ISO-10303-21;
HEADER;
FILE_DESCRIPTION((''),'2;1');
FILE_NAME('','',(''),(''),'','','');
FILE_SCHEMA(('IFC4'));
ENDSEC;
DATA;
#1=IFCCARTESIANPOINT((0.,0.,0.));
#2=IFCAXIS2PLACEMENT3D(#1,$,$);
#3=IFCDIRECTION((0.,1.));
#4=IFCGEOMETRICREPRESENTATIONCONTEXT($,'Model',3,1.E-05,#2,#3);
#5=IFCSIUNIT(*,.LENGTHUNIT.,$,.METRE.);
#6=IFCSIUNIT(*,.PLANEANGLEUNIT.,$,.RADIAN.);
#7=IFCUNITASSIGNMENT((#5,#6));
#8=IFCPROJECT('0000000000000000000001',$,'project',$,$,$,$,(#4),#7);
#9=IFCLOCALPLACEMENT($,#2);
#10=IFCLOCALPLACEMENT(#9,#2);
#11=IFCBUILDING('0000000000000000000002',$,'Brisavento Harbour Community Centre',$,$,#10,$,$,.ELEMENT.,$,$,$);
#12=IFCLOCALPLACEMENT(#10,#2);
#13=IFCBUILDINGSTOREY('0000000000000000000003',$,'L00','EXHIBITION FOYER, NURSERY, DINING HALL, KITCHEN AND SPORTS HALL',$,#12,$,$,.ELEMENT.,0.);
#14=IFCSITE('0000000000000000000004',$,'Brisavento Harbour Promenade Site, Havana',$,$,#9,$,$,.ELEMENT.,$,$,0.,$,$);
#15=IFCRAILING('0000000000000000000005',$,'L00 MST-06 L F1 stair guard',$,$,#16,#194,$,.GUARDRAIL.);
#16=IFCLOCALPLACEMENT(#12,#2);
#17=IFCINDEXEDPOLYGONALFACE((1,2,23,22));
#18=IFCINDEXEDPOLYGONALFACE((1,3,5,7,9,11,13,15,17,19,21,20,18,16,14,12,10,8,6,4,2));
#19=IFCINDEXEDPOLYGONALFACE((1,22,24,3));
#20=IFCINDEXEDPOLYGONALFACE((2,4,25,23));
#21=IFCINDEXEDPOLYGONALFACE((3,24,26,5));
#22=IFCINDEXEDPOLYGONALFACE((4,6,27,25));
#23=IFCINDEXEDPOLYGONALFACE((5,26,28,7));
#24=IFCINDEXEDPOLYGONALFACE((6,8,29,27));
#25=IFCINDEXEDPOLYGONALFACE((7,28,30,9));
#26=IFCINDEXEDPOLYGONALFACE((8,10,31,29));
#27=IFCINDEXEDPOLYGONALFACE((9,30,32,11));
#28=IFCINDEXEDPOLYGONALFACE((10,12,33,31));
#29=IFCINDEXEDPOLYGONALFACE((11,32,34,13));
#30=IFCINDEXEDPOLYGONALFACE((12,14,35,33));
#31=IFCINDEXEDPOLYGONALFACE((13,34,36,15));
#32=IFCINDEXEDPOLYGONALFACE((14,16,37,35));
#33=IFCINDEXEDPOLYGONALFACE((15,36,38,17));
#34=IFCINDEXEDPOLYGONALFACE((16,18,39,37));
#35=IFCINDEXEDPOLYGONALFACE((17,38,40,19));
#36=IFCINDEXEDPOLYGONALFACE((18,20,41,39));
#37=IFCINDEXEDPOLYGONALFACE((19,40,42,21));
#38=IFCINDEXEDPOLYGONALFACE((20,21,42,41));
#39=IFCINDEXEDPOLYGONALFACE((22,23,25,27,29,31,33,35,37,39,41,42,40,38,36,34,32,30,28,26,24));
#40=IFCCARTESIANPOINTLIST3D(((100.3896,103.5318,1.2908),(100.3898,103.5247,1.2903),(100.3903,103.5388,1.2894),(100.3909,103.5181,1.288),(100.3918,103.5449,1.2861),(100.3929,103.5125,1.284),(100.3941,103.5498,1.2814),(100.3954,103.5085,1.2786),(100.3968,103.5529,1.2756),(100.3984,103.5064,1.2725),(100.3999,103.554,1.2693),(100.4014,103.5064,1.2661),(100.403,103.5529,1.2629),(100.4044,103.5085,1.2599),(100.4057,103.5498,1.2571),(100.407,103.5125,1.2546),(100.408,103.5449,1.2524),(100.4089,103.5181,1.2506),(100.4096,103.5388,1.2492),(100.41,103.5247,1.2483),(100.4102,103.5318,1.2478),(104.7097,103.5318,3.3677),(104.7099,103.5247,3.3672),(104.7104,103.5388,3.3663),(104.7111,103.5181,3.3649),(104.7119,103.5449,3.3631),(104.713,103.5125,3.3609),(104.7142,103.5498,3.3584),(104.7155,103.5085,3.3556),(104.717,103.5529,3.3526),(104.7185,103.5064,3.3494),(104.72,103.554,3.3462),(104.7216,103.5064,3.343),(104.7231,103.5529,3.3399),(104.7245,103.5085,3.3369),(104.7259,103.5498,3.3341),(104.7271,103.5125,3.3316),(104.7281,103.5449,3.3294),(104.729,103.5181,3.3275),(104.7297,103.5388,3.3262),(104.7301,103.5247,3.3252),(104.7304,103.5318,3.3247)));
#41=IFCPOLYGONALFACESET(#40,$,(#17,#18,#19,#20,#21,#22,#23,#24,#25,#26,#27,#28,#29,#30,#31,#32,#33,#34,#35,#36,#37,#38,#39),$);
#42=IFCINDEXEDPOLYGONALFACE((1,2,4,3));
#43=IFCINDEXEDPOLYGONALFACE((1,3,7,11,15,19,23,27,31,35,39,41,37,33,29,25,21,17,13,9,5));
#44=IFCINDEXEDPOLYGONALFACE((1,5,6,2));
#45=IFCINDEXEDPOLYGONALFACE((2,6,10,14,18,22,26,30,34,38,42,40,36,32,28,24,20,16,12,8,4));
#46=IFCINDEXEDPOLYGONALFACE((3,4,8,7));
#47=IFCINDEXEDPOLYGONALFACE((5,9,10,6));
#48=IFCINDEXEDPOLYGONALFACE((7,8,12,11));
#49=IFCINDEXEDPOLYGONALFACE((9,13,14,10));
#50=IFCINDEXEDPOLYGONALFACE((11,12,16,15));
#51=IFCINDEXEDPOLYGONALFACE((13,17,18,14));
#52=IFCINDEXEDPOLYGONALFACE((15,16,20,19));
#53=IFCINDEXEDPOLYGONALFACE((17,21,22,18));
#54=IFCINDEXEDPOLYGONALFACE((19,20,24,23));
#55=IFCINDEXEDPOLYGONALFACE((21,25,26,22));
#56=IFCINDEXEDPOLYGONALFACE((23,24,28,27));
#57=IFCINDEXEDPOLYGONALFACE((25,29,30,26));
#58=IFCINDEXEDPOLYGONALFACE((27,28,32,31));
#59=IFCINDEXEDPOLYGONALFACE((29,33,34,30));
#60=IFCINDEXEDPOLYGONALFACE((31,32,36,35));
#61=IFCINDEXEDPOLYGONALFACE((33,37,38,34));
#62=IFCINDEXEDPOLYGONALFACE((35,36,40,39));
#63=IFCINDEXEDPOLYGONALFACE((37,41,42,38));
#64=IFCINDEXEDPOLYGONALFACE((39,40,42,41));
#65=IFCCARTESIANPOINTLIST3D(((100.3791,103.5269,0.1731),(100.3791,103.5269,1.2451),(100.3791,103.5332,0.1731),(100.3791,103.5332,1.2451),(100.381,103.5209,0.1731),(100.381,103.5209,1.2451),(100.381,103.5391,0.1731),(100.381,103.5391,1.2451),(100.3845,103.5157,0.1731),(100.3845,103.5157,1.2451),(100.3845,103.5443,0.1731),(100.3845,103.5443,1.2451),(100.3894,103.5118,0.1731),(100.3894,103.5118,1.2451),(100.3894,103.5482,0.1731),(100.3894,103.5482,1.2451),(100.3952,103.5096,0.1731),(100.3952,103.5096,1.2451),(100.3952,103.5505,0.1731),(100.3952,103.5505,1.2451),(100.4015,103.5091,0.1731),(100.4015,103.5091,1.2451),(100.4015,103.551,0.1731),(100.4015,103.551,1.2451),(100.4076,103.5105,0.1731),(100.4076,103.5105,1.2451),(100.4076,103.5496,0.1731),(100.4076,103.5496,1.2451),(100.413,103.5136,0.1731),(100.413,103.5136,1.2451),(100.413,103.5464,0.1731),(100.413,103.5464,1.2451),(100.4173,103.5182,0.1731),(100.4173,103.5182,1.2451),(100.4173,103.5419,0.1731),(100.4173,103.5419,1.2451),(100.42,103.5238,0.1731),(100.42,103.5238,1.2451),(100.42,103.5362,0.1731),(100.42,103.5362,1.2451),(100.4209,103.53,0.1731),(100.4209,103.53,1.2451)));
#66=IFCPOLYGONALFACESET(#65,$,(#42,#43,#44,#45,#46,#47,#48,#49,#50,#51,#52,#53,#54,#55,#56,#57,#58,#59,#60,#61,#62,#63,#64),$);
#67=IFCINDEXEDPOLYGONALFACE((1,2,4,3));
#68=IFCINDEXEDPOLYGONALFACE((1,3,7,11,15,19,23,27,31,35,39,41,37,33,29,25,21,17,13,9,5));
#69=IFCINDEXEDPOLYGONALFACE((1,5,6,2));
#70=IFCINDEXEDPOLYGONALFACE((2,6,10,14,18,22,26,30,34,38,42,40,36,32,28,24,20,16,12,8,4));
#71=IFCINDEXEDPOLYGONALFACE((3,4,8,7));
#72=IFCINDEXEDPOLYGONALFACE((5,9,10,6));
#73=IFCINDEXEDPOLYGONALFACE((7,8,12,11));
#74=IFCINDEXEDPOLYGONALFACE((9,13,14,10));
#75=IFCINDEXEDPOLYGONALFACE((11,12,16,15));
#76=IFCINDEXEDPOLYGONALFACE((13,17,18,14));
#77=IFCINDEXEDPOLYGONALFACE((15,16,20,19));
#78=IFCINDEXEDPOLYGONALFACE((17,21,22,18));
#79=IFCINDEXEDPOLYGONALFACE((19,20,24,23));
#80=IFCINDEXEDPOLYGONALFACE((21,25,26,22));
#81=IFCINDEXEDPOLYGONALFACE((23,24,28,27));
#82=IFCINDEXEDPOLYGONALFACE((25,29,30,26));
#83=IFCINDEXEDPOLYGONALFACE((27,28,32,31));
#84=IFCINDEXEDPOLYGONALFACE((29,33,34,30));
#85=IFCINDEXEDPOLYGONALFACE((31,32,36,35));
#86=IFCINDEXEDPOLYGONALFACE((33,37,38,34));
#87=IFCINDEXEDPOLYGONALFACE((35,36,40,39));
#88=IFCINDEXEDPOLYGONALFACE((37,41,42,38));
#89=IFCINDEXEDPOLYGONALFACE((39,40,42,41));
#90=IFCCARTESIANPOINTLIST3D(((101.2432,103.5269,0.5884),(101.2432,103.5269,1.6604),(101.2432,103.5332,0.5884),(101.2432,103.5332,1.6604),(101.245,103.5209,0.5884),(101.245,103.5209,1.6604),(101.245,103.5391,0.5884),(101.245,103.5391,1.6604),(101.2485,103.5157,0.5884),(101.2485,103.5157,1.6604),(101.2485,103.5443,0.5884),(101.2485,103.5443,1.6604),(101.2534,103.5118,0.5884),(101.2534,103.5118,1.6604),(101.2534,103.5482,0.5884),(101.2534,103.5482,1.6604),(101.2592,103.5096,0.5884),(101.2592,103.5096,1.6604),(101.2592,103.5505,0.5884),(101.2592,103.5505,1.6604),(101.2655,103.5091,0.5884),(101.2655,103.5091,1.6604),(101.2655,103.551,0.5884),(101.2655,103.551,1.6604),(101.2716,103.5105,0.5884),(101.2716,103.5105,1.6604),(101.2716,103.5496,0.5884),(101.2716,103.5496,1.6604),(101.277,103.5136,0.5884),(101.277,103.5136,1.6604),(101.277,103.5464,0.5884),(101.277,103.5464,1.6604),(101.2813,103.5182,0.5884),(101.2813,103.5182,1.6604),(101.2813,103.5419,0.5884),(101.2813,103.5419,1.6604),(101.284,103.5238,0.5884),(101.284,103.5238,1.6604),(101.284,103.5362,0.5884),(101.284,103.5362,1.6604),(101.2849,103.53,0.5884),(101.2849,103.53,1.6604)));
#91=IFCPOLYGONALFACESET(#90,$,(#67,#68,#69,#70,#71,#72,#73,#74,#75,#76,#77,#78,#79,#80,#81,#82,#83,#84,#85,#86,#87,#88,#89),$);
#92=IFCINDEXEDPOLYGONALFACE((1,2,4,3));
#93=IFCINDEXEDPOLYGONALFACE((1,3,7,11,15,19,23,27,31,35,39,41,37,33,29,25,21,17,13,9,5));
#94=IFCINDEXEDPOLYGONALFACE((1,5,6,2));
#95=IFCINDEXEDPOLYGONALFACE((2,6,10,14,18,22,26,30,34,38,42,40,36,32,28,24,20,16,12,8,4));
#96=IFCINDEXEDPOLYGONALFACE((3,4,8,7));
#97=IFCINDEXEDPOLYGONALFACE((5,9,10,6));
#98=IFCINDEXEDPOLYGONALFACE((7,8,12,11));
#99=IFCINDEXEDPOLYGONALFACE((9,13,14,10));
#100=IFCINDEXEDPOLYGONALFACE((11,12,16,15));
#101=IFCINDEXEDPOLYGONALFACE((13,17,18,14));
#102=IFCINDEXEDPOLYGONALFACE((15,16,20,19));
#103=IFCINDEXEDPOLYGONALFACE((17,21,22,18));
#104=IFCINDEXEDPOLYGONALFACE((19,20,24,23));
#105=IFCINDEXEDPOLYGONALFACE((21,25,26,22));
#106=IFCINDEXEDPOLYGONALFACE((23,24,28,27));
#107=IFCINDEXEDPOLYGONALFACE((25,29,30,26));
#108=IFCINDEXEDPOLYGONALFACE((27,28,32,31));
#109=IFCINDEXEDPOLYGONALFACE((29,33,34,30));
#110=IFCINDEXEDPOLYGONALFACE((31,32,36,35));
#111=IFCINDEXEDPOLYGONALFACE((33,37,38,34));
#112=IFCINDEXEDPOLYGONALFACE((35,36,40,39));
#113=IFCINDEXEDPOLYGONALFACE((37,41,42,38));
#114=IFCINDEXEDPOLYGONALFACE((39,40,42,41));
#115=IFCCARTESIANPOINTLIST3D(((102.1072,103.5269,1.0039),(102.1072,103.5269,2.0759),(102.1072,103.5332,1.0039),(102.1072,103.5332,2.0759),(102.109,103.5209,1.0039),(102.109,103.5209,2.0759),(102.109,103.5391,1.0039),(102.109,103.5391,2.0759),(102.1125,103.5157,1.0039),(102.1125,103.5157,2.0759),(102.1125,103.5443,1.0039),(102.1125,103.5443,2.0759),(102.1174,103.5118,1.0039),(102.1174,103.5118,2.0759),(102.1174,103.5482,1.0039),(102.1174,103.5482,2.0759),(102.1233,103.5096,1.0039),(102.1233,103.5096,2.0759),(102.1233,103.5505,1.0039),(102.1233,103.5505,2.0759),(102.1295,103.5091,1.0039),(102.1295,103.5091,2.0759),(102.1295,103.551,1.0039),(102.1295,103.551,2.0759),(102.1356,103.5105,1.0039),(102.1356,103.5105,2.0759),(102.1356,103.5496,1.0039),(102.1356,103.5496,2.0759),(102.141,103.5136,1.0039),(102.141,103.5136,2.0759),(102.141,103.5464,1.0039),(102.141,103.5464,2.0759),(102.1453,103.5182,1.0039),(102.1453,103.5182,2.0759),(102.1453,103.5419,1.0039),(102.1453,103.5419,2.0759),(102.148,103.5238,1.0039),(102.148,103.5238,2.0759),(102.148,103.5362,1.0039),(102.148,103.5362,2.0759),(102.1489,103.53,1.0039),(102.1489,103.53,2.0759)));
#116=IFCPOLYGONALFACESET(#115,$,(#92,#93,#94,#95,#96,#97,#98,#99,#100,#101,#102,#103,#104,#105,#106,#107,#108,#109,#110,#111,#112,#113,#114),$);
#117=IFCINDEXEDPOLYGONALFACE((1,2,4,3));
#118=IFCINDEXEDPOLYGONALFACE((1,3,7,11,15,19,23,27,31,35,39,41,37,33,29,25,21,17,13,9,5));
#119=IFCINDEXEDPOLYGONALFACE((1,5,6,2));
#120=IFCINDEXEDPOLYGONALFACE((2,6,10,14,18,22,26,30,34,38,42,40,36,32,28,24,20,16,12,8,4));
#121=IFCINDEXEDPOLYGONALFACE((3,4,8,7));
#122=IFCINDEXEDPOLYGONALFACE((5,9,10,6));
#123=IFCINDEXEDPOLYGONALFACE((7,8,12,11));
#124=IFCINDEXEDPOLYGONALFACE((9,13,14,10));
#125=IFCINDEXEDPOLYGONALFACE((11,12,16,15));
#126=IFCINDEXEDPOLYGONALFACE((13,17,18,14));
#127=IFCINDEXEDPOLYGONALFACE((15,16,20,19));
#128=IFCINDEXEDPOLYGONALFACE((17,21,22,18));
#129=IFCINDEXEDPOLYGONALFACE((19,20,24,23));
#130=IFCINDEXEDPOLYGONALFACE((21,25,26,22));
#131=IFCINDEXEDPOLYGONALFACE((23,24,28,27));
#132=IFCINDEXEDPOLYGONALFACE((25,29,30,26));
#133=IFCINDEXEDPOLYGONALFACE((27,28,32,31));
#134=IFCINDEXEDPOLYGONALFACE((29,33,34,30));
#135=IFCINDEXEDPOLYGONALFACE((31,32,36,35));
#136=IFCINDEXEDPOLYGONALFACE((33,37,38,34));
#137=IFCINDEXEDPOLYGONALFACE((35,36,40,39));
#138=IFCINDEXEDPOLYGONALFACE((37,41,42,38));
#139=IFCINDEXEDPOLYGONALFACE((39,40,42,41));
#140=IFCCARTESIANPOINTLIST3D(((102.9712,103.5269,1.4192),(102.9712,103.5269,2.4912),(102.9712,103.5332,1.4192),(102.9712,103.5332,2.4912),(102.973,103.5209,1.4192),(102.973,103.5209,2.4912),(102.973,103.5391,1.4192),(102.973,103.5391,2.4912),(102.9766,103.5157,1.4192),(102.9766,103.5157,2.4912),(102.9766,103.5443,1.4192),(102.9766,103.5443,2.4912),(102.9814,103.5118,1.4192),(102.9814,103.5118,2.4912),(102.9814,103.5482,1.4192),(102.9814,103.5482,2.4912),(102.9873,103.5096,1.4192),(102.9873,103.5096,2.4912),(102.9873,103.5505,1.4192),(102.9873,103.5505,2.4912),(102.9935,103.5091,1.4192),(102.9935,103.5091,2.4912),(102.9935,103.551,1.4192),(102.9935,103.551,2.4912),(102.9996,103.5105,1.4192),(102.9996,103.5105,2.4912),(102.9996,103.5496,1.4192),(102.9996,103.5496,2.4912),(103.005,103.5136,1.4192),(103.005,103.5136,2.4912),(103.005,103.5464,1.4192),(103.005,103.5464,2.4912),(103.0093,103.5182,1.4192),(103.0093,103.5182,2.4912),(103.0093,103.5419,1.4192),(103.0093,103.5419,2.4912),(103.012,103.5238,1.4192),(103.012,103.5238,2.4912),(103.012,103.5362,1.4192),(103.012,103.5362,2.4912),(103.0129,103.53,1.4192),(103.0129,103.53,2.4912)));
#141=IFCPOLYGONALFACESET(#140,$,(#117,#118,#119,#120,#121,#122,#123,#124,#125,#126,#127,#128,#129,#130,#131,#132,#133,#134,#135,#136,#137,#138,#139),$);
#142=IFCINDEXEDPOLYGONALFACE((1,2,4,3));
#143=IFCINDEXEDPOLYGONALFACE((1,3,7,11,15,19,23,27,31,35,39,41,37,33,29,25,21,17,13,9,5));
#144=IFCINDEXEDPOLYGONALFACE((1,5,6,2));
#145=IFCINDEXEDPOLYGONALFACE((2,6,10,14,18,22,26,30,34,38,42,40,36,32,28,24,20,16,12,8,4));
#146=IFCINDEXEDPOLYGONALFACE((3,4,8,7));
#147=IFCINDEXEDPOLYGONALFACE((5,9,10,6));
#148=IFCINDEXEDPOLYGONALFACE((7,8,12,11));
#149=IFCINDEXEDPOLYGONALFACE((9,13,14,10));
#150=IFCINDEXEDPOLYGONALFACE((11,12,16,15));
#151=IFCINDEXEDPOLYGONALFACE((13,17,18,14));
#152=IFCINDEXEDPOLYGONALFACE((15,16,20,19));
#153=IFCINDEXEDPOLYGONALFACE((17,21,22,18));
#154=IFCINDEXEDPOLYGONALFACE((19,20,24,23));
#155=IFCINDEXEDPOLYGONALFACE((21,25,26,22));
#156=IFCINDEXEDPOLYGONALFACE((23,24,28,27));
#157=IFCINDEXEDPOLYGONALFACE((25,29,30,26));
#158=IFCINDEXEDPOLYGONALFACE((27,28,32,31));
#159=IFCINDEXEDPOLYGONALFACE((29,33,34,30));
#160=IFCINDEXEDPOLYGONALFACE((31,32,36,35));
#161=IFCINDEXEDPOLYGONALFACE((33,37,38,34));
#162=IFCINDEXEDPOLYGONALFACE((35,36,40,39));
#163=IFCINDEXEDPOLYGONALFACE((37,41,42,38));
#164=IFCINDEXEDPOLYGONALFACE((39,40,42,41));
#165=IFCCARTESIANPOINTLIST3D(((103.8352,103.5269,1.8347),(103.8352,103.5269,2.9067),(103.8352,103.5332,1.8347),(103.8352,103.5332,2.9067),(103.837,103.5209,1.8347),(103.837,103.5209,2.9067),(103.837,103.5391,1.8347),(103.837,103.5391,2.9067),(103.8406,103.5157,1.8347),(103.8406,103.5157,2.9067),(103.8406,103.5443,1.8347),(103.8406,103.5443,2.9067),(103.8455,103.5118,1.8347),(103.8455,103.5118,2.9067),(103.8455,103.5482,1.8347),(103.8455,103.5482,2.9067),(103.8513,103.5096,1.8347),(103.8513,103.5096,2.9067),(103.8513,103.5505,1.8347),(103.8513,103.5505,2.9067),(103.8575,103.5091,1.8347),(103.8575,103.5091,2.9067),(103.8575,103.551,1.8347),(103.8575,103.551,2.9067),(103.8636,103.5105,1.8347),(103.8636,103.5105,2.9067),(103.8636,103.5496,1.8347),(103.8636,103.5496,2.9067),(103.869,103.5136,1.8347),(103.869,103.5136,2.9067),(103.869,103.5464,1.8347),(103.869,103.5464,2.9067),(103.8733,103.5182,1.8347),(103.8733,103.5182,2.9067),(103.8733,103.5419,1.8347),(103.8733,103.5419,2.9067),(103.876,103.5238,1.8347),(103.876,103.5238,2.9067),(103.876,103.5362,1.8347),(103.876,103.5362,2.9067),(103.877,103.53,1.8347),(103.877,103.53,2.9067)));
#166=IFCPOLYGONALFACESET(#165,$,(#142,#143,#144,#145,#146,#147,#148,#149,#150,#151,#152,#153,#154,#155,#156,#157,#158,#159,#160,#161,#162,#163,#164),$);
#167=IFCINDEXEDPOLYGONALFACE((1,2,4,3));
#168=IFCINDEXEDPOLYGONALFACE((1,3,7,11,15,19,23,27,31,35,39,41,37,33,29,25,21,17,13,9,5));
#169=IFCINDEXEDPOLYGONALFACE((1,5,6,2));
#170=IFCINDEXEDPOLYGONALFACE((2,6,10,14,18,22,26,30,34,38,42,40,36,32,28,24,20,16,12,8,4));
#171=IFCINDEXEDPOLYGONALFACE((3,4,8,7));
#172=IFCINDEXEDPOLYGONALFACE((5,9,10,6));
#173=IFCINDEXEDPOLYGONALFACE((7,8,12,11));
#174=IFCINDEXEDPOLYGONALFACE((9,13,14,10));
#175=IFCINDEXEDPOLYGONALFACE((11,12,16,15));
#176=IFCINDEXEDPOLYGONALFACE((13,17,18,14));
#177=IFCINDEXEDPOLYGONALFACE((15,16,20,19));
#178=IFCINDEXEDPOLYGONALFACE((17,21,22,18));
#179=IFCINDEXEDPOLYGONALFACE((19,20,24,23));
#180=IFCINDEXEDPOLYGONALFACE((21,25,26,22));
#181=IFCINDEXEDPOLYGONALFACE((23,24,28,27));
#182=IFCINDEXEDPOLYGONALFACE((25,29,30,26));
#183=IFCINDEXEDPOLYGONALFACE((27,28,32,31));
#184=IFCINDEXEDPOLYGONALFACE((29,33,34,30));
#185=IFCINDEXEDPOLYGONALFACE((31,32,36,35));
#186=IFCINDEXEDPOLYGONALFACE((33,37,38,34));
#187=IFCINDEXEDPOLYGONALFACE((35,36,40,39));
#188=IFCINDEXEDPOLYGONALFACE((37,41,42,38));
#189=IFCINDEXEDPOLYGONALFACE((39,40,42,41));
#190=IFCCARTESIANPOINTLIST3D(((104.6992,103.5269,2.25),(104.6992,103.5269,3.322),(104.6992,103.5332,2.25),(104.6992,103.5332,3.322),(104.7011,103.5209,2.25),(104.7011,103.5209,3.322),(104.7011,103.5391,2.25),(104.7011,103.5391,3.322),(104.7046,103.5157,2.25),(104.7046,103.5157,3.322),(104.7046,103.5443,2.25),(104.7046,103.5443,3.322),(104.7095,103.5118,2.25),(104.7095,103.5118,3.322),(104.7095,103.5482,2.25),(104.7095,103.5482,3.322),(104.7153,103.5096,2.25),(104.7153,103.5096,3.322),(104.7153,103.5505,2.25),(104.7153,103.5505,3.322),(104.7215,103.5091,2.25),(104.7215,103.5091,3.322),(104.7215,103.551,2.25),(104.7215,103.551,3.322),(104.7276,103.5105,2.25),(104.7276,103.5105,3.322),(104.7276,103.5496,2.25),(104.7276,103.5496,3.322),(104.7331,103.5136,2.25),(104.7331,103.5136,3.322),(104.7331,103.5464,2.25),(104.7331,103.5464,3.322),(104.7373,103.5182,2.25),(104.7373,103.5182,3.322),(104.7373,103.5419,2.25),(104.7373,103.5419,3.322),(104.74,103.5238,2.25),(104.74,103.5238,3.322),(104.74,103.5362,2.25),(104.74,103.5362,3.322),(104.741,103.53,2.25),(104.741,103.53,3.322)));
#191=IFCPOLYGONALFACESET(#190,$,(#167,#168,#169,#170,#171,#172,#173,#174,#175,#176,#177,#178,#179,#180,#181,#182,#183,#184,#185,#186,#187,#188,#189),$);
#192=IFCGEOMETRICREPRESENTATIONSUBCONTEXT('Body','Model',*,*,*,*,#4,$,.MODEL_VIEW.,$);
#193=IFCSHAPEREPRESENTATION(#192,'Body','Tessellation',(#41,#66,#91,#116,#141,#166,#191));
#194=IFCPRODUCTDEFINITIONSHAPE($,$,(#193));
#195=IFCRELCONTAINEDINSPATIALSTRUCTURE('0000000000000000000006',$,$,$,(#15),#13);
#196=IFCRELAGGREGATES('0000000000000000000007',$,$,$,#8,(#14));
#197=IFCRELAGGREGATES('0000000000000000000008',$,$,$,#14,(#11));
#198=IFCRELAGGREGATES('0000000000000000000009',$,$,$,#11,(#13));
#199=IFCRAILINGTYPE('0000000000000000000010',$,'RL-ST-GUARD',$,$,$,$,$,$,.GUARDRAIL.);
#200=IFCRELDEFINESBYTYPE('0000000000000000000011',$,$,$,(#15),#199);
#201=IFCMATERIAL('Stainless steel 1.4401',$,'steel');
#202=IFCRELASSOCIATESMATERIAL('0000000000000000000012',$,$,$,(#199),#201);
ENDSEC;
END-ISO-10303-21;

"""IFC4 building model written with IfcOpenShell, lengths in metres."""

from ifc_helpers import new_model, si_unit, direction, frame, origin, origin_2d, place, context, subcontext, project, spatial, circle, extrude, material, type_object, element, save


model = new_model("IFC4")

# Units and contexts
model_context = context("Model", 3, precision=1e-05, world=origin(), true_north=direction((0.0, 1.0)))
body_context = subcontext(model_context, "Body", "Model", "MODEL_VIEW")
ifc_project = project(units=[si_unit("LENGTHUNIT", "METRE"), si_unit("PLANEANGLEUNIT", "RADIAN")], contexts=[model_context])

# Site, building, storey
site_placement = place(None, origin())
site = spatial("IfcSite", under=ifc_project, at=site_placement, Name="Brisavento Harbour Promenade Site, Havana", CompositionType="ELEMENT", RefElevation=0.0)
building_placement = place(site_placement, origin())
building = spatial("IfcBuilding", under=site, at=building_placement, Name="Brisavento Harbour Community Centre", CompositionType="ELEMENT")
storey_placement = place(building_placement, origin())
storey = spatial("IfcBuildingStorey", under=building, at=storey_placement, Name="L00", Description="EXHIBITION FOYER, NURSERY, DINING HALL, KITCHEN AND SPORTS HALL", CompositionType="ELEMENT", Elevation=0.0)

# Railing
ifc_material_1 = material(Name="Stainless steel 1.4401", Category="steel")
railing_type = type_object("IfcRailingType", Name="RL-ST-GUARD", PredefinedType="GUARDRAIL", material=ifc_material_1)
railing_1_placement = place(storey_placement, frame((100.3999, 103.53, 0.1731)))
element("IfcRailing", 1, at=railing_1_placement, inside=storey, type_object=railing_type, Name="L00 MST-06 L F1 stair guard", PredefinedType="GUARDRAIL", context=body_context, shape_type="SweptSolid", body=[
    extrude(circle(Radius=0.0239, at=origin_2d()), frame((0.0, 0.0, 1.0962), z_axis=(0.901257, 0.0, 0.433286), x_axis=(0.0, 1.0, 0.0)), (0.0, 0.0, 1.0), 4.7935),
    extrude(circle(Radius=0.021, at=origin_2d()), origin(), (0.0, 0.0, 1.0), 1.072),
    extrude(circle(Radius=0.021, at=origin_2d()), frame((0.864, 0.0, 0.4153)), (0.0, 0.0, 1.0), 1.072),
    extrude(circle(Radius=0.021, at=origin_2d()), frame((1.728, 0.0, 0.8308)), (0.0, 0.0, 1.0), 1.072),
    extrude(circle(Radius=0.021, at=origin_2d()), frame((2.592, 0.0, 1.2461)), (0.0, 0.0, 1.0), 1.072),
    extrude(circle(Radius=0.021, at=origin_2d()), frame((3.4561, 0.0, 1.6616)), (0.0, 0.0, 1.0), 1.072),
    extrude(circle(Radius=0.021, at=origin_2d()), frame((4.3201, 0.0, 2.0769)), (0.0, 0.0, 1.0), 1.072),
])

save(model, "model.ifc")
